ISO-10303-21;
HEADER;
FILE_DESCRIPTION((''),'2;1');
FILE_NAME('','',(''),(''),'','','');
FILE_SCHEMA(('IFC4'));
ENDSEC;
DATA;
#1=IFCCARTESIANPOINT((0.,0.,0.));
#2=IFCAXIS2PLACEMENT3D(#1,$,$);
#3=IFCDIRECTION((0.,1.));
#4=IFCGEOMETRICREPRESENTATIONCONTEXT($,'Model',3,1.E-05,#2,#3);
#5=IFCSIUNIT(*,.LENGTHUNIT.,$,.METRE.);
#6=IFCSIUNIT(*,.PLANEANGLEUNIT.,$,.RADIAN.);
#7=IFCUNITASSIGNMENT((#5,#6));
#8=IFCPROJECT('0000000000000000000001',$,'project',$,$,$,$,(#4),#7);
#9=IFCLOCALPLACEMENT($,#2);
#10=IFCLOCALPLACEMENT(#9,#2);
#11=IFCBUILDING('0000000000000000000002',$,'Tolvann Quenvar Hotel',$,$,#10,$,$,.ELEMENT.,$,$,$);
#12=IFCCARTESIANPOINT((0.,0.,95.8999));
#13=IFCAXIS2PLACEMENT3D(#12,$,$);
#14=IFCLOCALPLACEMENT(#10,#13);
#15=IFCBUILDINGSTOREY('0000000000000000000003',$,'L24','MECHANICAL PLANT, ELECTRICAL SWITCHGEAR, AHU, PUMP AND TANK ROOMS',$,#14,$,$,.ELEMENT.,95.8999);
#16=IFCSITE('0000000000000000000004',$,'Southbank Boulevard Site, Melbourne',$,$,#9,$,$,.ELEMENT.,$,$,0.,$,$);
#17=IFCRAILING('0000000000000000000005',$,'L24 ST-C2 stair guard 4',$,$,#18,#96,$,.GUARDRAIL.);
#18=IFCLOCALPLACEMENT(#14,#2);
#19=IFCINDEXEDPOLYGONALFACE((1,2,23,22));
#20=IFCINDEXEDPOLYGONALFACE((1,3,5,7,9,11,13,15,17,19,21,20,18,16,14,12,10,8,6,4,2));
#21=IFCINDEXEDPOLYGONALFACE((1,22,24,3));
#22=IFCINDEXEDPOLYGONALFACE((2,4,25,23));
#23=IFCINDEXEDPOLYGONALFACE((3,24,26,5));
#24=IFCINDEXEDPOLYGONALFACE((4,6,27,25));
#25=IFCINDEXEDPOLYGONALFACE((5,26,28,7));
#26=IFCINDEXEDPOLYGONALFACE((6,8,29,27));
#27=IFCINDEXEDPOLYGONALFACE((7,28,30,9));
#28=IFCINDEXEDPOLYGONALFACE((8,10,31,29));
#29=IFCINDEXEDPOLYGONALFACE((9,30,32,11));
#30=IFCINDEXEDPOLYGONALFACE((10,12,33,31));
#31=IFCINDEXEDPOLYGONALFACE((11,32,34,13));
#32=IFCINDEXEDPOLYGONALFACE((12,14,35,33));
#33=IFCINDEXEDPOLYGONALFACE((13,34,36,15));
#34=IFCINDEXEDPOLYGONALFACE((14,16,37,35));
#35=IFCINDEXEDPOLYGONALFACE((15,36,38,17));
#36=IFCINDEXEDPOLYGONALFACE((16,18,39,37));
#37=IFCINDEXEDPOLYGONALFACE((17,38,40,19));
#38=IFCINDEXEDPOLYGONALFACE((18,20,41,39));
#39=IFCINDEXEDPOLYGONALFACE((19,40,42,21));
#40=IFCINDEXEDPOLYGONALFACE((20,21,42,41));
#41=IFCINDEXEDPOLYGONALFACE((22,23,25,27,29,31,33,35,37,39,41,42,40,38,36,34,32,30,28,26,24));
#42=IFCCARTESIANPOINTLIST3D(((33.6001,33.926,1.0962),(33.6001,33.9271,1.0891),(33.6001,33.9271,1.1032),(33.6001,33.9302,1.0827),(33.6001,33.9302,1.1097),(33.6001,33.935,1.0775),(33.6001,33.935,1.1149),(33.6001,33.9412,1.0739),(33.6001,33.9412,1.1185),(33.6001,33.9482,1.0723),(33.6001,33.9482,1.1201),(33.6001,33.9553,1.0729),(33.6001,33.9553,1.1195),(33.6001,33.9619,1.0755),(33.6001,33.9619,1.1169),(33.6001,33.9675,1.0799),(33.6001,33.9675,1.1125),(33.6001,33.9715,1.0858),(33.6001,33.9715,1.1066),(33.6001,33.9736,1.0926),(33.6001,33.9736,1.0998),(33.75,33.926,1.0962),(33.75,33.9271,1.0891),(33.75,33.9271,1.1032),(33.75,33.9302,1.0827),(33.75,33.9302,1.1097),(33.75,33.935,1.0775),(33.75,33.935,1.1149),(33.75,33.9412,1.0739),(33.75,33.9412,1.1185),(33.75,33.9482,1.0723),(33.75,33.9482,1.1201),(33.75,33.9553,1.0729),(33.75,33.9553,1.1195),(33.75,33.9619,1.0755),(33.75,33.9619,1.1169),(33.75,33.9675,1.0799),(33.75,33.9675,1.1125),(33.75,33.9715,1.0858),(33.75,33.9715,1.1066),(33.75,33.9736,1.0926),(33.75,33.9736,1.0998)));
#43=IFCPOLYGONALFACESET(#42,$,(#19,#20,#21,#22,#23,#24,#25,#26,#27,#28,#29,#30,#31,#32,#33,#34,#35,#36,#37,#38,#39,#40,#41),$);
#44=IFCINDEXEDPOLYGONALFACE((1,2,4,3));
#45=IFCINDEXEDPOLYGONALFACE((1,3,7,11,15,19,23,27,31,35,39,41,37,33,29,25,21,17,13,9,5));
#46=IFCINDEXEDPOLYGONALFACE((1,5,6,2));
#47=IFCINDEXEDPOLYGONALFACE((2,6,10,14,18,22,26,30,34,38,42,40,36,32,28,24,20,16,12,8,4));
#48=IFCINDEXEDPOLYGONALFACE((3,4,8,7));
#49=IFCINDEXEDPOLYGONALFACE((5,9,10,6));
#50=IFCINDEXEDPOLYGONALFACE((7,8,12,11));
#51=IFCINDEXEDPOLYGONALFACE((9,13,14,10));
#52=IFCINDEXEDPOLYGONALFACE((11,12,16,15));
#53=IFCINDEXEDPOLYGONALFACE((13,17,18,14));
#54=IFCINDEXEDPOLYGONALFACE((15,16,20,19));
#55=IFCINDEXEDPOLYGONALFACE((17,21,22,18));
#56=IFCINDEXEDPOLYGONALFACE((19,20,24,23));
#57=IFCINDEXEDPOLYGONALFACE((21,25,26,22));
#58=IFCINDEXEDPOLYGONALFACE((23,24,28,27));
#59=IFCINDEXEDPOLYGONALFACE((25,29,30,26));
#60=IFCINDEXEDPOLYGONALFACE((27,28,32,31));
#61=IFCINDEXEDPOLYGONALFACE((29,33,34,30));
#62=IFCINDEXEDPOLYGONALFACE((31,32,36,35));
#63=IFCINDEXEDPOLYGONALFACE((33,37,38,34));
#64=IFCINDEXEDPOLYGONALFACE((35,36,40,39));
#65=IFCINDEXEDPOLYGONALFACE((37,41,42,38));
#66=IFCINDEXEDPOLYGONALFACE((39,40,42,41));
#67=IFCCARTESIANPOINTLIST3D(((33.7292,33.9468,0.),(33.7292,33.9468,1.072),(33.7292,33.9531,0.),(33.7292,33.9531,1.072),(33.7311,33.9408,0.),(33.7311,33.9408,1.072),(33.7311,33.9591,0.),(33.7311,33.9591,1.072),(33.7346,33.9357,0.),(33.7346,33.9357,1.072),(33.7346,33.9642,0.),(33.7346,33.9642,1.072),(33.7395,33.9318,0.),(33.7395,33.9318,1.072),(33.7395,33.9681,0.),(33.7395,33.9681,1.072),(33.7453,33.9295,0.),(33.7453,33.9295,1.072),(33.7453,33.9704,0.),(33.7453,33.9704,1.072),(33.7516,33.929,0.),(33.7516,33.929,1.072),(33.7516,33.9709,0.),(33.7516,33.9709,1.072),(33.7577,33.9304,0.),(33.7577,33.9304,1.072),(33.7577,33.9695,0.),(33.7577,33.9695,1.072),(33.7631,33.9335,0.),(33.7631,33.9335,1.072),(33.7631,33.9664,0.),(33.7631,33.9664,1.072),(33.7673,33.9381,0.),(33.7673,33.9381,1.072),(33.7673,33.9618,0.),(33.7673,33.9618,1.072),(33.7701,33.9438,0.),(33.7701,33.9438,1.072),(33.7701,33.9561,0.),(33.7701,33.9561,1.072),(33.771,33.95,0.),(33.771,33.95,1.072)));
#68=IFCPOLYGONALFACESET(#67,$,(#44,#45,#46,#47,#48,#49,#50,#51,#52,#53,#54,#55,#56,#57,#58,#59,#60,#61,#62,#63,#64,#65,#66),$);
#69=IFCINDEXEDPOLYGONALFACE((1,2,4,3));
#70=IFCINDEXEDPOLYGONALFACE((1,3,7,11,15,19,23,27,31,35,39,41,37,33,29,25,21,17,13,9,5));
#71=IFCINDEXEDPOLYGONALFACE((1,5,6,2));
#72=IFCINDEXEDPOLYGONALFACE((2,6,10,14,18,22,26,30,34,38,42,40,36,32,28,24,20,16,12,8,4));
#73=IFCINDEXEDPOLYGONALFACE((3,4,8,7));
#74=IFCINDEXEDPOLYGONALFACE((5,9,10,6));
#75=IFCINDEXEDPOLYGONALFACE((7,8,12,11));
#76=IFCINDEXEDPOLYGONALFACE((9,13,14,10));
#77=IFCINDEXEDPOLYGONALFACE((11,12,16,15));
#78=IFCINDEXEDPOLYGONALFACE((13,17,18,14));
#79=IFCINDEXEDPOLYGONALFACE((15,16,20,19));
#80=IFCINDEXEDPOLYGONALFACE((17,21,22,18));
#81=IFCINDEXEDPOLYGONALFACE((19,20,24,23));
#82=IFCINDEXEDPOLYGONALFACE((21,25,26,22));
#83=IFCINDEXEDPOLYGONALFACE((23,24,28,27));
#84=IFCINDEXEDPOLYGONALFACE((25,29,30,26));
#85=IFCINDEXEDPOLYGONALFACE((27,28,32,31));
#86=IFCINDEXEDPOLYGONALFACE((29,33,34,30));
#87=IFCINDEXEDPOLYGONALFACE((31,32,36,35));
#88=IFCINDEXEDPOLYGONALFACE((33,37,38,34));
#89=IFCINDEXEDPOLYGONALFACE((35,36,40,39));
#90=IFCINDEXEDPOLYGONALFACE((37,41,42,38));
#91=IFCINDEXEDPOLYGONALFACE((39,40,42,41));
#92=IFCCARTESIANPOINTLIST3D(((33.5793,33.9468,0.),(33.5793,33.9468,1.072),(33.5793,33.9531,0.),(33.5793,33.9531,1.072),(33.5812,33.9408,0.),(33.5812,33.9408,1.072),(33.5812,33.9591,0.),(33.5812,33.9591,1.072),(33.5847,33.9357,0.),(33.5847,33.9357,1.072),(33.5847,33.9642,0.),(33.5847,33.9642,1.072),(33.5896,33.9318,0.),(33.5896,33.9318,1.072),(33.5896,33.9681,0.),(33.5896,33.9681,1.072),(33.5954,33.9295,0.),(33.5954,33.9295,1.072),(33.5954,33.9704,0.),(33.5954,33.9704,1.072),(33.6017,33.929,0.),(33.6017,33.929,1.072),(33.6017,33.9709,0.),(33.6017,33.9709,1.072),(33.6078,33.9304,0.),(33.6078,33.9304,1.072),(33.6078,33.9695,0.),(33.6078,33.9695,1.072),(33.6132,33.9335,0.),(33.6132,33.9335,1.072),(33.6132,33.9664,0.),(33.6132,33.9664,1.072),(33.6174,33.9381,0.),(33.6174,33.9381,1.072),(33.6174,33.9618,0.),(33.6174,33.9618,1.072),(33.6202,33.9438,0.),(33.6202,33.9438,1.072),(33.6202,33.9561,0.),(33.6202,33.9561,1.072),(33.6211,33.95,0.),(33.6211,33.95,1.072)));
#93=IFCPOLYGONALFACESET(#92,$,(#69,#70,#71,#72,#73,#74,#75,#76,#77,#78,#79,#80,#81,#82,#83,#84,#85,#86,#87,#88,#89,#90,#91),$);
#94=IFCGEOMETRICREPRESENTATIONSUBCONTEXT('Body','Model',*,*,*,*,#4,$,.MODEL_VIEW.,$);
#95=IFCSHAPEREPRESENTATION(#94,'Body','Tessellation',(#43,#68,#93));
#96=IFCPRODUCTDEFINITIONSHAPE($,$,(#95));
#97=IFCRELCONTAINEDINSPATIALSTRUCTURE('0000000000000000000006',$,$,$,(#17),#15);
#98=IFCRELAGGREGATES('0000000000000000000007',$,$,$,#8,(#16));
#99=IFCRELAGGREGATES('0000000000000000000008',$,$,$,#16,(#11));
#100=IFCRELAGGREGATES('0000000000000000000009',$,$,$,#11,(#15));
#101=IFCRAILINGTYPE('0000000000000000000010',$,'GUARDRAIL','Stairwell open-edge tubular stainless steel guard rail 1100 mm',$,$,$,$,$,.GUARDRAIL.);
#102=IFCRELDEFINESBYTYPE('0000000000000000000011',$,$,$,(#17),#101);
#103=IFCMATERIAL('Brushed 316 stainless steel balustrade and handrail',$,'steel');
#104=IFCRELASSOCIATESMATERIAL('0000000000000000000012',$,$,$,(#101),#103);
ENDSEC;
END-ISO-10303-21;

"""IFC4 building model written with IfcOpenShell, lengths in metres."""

from ifc_helpers import new_model, si_unit, direction, frame, origin, origin_2d, place, context, subcontext, project, spatial, circle, extrude, material, type_object, element, save


model = new_model("IFC4")

# Units and contexts
model_context = context("Model", 3, precision=1e-05, world=origin(), true_north=direction((0.0, 1.0)))
body_context = subcontext(model_context, "Body", "Model", "MODEL_VIEW")
ifc_project = project(units=[si_unit("LENGTHUNIT", "METRE"), si_unit("PLANEANGLEUNIT", "RADIAN")], contexts=[model_context])

# Site, building, storey
site_placement = place(None, origin())
site = spatial("IfcSite", under=ifc_project, at=site_placement, Name="Southbank Boulevard Site, Melbourne", CompositionType="ELEMENT", RefElevation=0.0)
building_placement = place(site_placement, origin())
building = spatial("IfcBuilding", under=site, at=building_placement, Name="Tolvann Quenvar Hotel", CompositionType="ELEMENT")
storey_placement = place(building_placement, frame((0.0, 0.0, 95.8999)))
storey = spatial("IfcBuildingStorey", under=building, at=storey_placement, Name="L24", Description="MECHANICAL PLANT, ELECTRICAL SWITCHGEAR, AHU, PUMP AND TANK ROOMS", CompositionType="ELEMENT", Elevation=95.8999)

# Railing
ifc_material_1 = material(Name="Brushed 316 stainless steel balustrade and handrail", Category="steel")
railing_type_1 = type_object("IfcRailingType", Name="GUARDRAIL", Description="Stairwell open-edge tubular stainless steel guard rail 1100 mm", PredefinedType="GUARDRAIL", material=ifc_material_1)
railing_1_placement = place(storey_placement, frame((33.75, 33.95, 0.0)))
element("IfcRailing", 1, at=railing_1_placement, inside=storey, type_object=railing_type_1, Name="L24 ST-C2 stair guard 4", PredefinedType="GUARDRAIL", context=body_context, shape_type="SweptSolid", body=[
    extrude(circle(Radius=0.0239, at=origin_2d()), frame((0.0, 0.0, 1.0962), z_axis=(-1.0, 0.0, 0.0), x_axis=(0.0, -1.0, 0.0)), (0.0, 0.0, 1.0), 0.1499),
    extrude(circle(Radius=0.021, at=origin_2d()), origin(), (0.0, 0.0, 1.0), 1.072),
    extrude(circle(Radius=0.021, at=origin_2d()), frame((-0.1499, 0.0, 0.0)), (0.0, 0.0, 1.0), 1.072),
])

save(model, "model.ifc")
